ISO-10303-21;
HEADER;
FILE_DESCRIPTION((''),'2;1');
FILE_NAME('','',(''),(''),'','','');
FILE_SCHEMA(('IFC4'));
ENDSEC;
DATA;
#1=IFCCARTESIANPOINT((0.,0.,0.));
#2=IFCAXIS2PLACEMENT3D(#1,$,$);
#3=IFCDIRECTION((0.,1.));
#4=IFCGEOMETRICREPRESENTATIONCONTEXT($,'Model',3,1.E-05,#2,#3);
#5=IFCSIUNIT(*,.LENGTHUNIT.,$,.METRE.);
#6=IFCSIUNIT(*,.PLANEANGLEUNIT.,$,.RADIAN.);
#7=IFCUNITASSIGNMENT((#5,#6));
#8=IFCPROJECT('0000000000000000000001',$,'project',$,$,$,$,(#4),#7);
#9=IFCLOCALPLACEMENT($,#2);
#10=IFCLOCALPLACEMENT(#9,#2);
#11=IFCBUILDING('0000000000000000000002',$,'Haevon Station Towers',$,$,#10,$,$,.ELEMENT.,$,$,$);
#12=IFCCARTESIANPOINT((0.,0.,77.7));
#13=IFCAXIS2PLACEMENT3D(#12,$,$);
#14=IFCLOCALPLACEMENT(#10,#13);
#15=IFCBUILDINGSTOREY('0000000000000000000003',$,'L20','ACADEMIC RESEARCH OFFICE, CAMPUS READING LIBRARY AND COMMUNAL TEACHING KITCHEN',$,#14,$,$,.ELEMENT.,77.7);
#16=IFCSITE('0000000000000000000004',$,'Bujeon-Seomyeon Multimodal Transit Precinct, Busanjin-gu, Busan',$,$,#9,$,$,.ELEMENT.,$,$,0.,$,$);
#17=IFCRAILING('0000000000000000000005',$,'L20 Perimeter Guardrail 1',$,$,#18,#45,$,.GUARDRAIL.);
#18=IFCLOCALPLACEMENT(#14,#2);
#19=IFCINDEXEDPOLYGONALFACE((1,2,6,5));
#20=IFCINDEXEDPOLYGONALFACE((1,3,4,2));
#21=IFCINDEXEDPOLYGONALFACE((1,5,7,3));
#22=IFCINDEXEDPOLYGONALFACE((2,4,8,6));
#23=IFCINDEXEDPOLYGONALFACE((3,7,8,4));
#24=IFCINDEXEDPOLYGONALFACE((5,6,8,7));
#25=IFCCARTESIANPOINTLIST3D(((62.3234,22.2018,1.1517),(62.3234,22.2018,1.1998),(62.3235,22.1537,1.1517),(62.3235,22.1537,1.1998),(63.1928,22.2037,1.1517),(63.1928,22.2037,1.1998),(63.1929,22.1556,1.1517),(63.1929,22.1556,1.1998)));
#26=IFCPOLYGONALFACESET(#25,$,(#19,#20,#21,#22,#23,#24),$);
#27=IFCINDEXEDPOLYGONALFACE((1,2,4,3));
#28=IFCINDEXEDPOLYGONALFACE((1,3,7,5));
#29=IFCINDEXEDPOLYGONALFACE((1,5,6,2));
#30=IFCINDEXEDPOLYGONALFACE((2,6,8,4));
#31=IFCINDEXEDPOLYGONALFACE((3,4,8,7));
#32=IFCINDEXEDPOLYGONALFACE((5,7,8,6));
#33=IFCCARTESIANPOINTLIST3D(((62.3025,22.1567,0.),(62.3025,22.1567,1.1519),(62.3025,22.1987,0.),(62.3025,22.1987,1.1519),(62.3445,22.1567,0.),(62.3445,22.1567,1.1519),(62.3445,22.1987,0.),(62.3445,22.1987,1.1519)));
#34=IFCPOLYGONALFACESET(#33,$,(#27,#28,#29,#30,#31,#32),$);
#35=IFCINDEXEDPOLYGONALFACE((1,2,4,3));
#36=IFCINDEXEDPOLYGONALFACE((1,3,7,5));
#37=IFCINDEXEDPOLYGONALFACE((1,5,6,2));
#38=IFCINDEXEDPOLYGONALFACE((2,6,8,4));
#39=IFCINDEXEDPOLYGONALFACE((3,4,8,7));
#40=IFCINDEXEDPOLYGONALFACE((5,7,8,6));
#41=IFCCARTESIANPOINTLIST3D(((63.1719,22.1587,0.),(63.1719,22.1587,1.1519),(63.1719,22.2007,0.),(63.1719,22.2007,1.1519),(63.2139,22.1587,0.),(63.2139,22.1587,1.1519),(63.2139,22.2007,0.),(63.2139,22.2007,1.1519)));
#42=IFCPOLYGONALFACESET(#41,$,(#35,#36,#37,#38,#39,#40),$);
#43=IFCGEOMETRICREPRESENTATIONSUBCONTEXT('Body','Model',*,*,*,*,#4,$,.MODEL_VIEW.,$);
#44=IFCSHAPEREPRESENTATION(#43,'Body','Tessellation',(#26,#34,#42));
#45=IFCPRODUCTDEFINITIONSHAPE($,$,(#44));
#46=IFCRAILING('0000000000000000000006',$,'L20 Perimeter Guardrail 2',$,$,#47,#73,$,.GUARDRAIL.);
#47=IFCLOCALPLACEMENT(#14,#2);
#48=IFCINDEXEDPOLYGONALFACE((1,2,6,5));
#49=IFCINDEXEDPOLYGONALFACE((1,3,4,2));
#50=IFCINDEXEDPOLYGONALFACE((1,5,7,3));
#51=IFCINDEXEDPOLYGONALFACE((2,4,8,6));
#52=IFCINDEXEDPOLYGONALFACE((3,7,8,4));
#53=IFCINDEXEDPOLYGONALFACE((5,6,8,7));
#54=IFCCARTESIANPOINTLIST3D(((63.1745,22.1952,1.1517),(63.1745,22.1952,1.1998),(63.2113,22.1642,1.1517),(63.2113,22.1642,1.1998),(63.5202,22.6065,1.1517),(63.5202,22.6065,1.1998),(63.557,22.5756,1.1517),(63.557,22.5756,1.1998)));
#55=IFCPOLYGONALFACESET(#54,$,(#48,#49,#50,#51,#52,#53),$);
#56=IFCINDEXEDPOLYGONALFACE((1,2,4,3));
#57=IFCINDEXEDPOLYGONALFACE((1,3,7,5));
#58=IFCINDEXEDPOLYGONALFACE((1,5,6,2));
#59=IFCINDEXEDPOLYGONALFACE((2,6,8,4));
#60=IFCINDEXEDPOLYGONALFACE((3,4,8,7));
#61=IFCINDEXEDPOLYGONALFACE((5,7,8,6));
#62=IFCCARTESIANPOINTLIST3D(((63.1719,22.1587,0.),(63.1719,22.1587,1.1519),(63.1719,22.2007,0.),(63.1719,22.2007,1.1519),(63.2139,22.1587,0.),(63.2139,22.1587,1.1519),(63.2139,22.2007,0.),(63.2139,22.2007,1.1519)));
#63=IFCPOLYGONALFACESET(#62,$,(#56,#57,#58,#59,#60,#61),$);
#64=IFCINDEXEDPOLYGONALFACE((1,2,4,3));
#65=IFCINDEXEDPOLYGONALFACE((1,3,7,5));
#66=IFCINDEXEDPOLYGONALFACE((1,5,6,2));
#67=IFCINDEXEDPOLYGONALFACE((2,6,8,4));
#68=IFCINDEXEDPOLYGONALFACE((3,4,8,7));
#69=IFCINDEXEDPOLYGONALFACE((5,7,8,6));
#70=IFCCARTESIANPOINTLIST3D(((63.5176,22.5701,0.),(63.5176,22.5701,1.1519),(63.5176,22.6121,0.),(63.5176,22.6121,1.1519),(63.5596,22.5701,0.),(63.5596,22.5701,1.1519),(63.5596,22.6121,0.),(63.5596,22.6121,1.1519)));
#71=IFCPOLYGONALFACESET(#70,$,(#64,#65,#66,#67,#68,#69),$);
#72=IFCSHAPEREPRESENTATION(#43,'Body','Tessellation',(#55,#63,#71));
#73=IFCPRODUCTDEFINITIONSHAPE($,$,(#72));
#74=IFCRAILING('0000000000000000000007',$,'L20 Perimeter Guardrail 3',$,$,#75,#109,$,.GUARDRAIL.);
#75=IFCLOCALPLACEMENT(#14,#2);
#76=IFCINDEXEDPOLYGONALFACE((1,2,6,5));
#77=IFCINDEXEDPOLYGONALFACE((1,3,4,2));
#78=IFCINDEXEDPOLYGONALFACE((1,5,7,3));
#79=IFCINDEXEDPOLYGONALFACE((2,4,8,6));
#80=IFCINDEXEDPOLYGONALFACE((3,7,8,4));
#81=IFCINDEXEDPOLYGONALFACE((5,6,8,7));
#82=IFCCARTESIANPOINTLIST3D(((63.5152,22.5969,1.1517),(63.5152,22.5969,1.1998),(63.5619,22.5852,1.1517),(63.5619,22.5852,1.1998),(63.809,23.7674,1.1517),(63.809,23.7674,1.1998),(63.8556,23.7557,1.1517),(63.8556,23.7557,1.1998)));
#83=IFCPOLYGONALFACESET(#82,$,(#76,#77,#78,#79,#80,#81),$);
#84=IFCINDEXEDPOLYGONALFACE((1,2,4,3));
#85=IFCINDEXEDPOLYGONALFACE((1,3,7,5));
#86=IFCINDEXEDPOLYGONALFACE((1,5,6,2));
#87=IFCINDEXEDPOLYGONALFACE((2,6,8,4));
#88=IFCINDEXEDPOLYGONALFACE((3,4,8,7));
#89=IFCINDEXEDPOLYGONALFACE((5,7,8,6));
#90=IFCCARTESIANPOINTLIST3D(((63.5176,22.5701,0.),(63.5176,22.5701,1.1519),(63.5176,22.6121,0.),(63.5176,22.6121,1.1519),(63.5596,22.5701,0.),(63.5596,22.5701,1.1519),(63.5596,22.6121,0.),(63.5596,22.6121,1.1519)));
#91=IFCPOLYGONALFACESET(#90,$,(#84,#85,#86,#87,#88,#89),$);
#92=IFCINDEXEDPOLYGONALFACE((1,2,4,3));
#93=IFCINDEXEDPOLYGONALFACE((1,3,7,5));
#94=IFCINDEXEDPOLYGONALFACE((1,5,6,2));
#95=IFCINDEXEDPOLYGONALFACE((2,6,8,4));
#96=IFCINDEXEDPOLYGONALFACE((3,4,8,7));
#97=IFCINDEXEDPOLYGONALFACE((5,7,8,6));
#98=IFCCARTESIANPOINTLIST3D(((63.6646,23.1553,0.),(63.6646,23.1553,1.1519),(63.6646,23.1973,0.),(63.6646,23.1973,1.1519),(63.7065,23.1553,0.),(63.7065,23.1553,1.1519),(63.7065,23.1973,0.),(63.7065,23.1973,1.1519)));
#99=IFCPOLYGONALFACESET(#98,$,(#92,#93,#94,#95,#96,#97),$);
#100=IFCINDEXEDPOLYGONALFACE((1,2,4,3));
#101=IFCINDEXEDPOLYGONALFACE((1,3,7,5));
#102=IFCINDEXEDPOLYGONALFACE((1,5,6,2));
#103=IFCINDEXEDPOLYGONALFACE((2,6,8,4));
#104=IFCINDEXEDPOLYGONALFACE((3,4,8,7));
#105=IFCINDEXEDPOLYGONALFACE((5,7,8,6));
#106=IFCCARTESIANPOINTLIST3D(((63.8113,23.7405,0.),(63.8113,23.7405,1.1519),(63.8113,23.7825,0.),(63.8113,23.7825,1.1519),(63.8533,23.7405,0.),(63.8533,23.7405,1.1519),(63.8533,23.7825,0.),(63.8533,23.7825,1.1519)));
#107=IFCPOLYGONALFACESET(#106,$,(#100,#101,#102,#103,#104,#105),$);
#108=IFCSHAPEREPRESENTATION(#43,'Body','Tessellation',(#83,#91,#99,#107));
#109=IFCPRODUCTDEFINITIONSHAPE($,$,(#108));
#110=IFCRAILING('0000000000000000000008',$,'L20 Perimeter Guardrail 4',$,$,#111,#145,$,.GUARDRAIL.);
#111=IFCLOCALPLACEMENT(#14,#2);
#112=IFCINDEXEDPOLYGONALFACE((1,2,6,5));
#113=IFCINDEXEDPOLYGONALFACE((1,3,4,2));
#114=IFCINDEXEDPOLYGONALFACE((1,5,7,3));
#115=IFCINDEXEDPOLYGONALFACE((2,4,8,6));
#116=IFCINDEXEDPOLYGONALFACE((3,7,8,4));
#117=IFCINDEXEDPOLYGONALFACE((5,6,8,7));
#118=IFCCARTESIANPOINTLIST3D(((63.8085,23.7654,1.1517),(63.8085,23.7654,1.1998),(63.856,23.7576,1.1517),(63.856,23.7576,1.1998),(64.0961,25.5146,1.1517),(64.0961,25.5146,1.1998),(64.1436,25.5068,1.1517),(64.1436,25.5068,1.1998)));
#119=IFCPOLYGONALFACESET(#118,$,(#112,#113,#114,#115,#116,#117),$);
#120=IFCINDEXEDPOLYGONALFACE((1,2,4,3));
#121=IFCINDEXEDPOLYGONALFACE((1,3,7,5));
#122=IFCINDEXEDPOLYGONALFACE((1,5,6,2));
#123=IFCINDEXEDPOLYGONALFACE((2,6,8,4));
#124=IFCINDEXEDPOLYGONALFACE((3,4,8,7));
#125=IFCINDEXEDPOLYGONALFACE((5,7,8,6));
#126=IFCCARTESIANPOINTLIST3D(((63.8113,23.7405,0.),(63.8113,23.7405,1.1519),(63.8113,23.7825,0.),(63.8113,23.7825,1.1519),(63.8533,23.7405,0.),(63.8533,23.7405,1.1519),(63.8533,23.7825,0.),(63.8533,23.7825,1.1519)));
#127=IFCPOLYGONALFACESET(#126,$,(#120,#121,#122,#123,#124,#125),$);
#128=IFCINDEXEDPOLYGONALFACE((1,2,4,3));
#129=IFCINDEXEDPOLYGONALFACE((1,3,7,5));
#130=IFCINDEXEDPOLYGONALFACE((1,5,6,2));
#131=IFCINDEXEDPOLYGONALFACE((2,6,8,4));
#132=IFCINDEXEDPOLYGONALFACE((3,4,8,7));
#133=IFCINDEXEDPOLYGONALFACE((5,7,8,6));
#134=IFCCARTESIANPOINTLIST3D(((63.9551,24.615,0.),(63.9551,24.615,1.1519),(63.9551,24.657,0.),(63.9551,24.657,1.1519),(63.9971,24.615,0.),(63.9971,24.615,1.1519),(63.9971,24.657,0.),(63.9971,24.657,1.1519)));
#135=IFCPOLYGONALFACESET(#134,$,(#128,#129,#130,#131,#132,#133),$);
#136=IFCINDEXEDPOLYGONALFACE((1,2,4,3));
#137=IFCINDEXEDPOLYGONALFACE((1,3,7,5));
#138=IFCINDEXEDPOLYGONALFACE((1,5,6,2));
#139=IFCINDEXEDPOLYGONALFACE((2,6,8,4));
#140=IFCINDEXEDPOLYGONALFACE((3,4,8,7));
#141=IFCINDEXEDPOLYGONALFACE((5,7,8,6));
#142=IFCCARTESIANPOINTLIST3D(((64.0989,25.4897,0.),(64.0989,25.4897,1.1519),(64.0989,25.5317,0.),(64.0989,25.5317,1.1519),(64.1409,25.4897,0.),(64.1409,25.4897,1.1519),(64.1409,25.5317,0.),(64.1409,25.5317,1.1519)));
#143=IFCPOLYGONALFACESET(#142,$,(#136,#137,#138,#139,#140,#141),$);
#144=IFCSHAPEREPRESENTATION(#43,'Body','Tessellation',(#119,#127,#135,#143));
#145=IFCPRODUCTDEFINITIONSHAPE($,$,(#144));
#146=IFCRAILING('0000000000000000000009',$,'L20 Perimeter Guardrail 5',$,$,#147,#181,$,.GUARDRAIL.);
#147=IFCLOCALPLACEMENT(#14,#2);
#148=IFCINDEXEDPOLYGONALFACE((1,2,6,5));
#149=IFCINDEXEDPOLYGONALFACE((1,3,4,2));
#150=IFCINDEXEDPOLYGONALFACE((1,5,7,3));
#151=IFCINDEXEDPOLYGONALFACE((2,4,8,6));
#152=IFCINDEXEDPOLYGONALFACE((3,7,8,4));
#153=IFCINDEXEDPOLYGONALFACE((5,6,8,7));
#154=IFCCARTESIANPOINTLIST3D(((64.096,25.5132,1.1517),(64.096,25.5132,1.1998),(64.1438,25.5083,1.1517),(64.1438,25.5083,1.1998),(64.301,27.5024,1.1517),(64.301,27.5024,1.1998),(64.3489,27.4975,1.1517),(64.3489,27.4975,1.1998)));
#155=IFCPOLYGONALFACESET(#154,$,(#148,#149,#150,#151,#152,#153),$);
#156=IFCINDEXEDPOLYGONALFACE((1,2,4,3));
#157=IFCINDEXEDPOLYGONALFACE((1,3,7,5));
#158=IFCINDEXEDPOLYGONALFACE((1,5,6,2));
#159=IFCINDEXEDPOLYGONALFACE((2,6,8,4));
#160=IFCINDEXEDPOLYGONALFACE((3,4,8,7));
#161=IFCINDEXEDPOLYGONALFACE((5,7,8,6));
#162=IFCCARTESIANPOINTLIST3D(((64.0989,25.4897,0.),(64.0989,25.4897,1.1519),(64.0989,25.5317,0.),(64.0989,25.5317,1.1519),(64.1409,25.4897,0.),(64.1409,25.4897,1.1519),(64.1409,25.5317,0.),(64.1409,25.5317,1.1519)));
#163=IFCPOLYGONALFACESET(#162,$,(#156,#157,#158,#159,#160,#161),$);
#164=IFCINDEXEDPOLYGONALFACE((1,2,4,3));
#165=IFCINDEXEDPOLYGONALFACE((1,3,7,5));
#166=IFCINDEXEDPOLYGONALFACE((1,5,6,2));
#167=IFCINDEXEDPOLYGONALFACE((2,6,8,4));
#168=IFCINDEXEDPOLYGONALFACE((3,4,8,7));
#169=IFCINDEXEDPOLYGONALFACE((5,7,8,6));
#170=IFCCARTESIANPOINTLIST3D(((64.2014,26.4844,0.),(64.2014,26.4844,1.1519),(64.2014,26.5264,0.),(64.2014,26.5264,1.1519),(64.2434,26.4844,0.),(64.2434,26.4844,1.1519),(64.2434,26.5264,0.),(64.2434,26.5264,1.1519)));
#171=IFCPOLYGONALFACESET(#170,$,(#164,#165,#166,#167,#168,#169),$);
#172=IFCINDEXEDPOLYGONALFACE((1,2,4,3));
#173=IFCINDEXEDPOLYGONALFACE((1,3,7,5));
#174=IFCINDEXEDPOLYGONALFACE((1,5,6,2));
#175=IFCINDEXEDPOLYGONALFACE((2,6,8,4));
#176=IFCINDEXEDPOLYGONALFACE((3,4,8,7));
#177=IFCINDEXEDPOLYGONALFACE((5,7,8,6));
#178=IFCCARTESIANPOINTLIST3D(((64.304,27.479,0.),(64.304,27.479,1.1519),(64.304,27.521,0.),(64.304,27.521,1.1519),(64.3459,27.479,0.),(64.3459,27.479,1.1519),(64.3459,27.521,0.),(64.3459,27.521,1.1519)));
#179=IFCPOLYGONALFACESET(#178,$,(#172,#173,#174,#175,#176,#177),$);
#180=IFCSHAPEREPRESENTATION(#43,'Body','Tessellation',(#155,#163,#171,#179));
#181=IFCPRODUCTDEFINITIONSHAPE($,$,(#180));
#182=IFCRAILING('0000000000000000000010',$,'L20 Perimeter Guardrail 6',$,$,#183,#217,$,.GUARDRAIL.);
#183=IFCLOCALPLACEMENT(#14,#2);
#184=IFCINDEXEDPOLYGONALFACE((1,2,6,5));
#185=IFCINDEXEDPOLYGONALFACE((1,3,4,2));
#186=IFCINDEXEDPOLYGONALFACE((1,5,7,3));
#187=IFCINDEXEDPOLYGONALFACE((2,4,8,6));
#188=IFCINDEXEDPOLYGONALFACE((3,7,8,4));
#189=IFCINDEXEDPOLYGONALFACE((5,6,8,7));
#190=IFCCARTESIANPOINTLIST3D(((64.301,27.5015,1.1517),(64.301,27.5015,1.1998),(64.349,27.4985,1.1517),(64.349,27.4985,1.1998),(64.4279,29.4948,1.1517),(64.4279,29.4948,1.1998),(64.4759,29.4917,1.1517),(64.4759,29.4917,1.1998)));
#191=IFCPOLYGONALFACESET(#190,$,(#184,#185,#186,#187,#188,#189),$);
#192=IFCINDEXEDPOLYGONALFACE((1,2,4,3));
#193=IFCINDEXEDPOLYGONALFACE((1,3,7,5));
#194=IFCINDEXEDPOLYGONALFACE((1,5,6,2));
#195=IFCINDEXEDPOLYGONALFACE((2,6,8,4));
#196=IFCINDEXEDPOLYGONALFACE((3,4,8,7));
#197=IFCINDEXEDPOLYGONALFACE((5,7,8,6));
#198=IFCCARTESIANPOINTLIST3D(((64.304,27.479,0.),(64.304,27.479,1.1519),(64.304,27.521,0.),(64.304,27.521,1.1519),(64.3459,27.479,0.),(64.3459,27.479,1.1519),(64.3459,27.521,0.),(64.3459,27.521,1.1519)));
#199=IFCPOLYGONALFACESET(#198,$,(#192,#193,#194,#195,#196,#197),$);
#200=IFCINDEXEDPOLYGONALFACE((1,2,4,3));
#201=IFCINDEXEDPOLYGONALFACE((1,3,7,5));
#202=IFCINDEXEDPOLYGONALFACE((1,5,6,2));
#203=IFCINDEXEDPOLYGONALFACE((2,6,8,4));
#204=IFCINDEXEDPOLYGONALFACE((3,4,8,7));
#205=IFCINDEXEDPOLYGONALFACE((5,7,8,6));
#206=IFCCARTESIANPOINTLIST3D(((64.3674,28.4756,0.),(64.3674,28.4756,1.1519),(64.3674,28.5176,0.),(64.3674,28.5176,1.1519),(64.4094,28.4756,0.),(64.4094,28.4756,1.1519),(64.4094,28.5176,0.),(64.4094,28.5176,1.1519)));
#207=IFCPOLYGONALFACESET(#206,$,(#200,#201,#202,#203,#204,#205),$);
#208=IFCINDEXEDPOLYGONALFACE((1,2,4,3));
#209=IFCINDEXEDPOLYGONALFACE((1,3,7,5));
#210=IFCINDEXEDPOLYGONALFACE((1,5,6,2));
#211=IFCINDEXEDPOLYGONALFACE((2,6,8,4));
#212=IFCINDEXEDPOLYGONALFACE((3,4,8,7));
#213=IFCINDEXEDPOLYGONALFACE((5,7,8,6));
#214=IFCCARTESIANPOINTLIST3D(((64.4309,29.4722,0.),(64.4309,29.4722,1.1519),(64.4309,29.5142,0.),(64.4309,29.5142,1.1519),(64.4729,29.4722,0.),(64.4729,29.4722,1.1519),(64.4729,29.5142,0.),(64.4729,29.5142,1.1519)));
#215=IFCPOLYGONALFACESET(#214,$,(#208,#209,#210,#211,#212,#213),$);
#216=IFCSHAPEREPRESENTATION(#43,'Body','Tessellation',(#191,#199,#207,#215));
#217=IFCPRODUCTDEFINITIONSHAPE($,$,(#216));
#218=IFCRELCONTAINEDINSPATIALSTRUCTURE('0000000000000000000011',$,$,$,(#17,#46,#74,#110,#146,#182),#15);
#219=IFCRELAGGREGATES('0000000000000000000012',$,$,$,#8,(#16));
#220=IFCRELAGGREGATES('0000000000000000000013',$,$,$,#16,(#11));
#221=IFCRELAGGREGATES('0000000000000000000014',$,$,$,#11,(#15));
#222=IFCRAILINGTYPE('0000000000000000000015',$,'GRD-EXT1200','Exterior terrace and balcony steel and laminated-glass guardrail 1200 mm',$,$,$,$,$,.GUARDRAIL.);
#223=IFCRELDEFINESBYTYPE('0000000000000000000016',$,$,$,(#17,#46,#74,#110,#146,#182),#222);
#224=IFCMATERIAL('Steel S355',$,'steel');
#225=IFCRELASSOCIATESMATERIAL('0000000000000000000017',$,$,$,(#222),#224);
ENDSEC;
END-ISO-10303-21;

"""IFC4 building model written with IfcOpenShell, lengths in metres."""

from ifc_helpers import new_model, si_unit, direction, frame, origin, origin_2d, place, context, subcontext, project, spatial, rectangle, extrude, material, type_object, element, save


model = new_model("IFC4")

# Units and contexts
model_context = context("Model", 3, precision=1e-05, world=origin(), true_north=direction((0.0, 1.0)))
body_context = subcontext(model_context, "Body", "Model", "MODEL_VIEW")
ifc_project = project(units=[si_unit("LENGTHUNIT", "METRE"), si_unit("PLANEANGLEUNIT", "RADIAN")], contexts=[model_context])

# Site, building, storey
site_placement = place(None, origin())
site = spatial("IfcSite", under=ifc_project, at=site_placement, Name="Bujeon-Seomyeon Multimodal Transit Precinct, Busanjin-gu, Busan", CompositionType="ELEMENT", RefElevation=0.0)
building_placement = place(site_placement, origin())
building = spatial("IfcBuilding", under=site, at=building_placement, Name="Haevon Station Towers", CompositionType="ELEMENT")
storey_placement = place(building_placement, frame((0.0, 0.0, 77.7)))
storey = spatial("IfcBuildingStorey", under=building, at=storey_placement, Name="L20", Description="ACADEMIC RESEARCH OFFICE, CAMPUS READING LIBRARY AND COMMUNAL TEACHING KITCHEN", CompositionType="ELEMENT", Elevation=77.7)

# Shared definitions
ifc_material_1 = material(Name="Steel S355", Category="steel")

# Railings
railing_type = type_object("IfcRailingType", Name="GRD-EXT1200", Description="Exterior terrace and balcony steel and laminated-glass guardrail 1200 mm", PredefinedType="GUARDRAIL", material=ifc_material_1)
railing_1_placement = place(storey_placement, frame((62.3235, 22.1777, 0.0)))
element("IfcRailing", 1, at=railing_1_placement, inside=storey, type_object=railing_type, Name="L20 Perimeter Guardrail 1", PredefinedType="GUARDRAIL", context=body_context, shape_type="SweptSolid", body=[
    extrude(rectangle(XDim=0.0481, YDim=0.0481, at=origin_2d()), frame((0.0, 0.0, 1.1758), z_axis=(0.999997, 0.002247, 0.0), x_axis=(-0.002247, 0.999997, 0.0)), (0.0, 0.0, 1.0), 0.8694),
    extrude(rectangle(XDim=0.042, YDim=0.042, at=origin_2d()), origin(), (0.0, 0.0, 1.0), 1.1519),
    extrude(rectangle(XDim=0.042, YDim=0.042, at=origin_2d()), frame((0.8694, 0.002, 0.0)), (0.0, 0.0, 1.0), 1.1519),
])
railing_2_placement = place(storey_placement, frame((63.1929, 22.1797, 0.0)))
element("IfcRailing", 2, at=railing_2_placement, inside=storey, type_object=railing_type, Name="L20 Perimeter Guardrail 2", PredefinedType="GUARDRAIL", context=body_context, shape_type="SweptSolid", body=[
    extrude(rectangle(XDim=0.0481, YDim=0.0481, at=origin_2d()), frame((0.0, 0.0, 1.1758), z_axis=(0.643352, 0.765571, 0.0), x_axis=(-0.765571, 0.643352, 0.0)), (0.0, 0.0, 1.0), 0.5374),
    extrude(rectangle(XDim=0.042, YDim=0.042, at=origin_2d()), origin(), (0.0, 0.0, 1.0), 1.1519),
    extrude(rectangle(XDim=0.042, YDim=0.042, at=origin_2d()), frame((0.3457, 0.4114, 0.0)), (0.0, 0.0, 1.0), 1.1519),
])
railing_3_placement = place(storey_placement, frame((63.5386, 22.5911, 0.0)))
element("IfcRailing", 3, at=railing_3_placement, inside=storey, type_object=railing_type, Name="L20 Perimeter Guardrail 3", PredefinedType="GUARDRAIL", context=body_context, shape_type="SweptSolid", body=[
    extrude(rectangle(XDim=0.0481, YDim=0.0481, at=origin_2d()), frame((0.0, 0.0, 1.1758), z_axis=(0.243392, 0.969928, 0.0), x_axis=(-0.969928, 0.243392, 0.0)), (0.0, 0.0, 1.0), 1.2068),
    extrude(rectangle(XDim=0.042, YDim=0.042, at=origin_2d()), origin(), (0.0, 0.0, 1.0), 1.1519),
    extrude(rectangle(XDim=0.042, YDim=0.042, at=origin_2d()), frame((0.147, 0.5852, 0.0)), (0.0, 0.0, 1.0), 1.1519),
    extrude(rectangle(XDim=0.042, YDim=0.042, at=origin_2d()), frame((0.2937, 1.1704, 0.0)), (0.0, 0.0, 1.0), 1.1519),
])
railing_4_placement = place(storey_placement, frame((63.8323, 23.7615, 0.0)))
element("IfcRailing", 4, at=railing_4_placement, inside=storey, type_object=railing_type, Name="L20 Perimeter Guardrail 4", PredefinedType="GUARDRAIL", context=body_context, shape_type="SweptSolid", body=[
    extrude(rectangle(XDim=0.0481, YDim=0.0481, at=origin_2d()), frame((0.0, 0.0, 1.1758), z_axis=(0.162232, 0.986753, 0.0), x_axis=(-0.986753, 0.162232, 0.0)), (0.0, 0.0, 1.0), 1.7727),
    extrude(rectangle(XDim=0.042, YDim=0.042, at=origin_2d()), origin(), (0.0, 0.0, 1.0), 1.1519),
    extrude(rectangle(XDim=0.042, YDim=0.042, at=origin_2d()), frame((0.1438, 0.8745, 0.0)), (0.0, 0.0, 1.0), 1.1519),
    extrude(rectangle(XDim=0.042, YDim=0.042, at=origin_2d()), frame((0.2876, 1.7493, 0.0)), (0.0, 0.0, 1.0), 1.1519),
])
railing_5_placement = place(storey_placement, frame((64.1199, 25.5107, 0.0)))
element("IfcRailing", 5, at=railing_5_placement, inside=storey, type_object=railing_type, Name="L20 Perimeter Guardrail 5", PredefinedType="GUARDRAIL", context=body_context, shape_type="SweptSolid", body=[
    extrude(rectangle(XDim=0.0481, YDim=0.0481, at=origin_2d()), frame((0.0, 0.0, 1.1758), z_axis=(0.102549, 0.994728, 0.0), x_axis=(-0.994728, 0.102549, 0.0)), (0.0, 0.0, 1.0), 1.9998),
    extrude(rectangle(XDim=0.042, YDim=0.042, at=origin_2d()), origin(), (0.0, 0.0, 1.0), 1.1519),
    extrude(rectangle(XDim=0.042, YDim=0.042, at=origin_2d()), frame((0.1025, 0.9946, 0.0)), (0.0, 0.0, 1.0), 1.1519),
    extrude(rectangle(XDim=0.042, YDim=0.042, at=origin_2d()), frame((0.2051, 1.9893, 0.0)), (0.0, 0.0, 1.0), 1.1519),
])
railing_6_placement = place(storey_placement, frame((64.325, 27.5, 0.0)))
element("IfcRailing", 6, at=railing_6_placement, inside=storey, type_object=railing_type, Name="L20 Perimeter Guardrail 6", PredefinedType="GUARDRAIL", context=body_context, shape_type="SweptSolid", body=[
    extrude(rectangle(XDim=0.0481, YDim=0.0481, at=origin_2d()), frame((0.0, 0.0, 1.1758), z_axis=(0.063565, 0.997978, 0.0), x_axis=(-0.997978, 0.063565, 0.0)), (0.0, 0.0, 1.0), 1.9973),
    extrude(rectangle(XDim=0.042, YDim=0.042, at=origin_2d()), origin(), (0.0, 0.0, 1.0), 1.1519),
    extrude(rectangle(XDim=0.042, YDim=0.042, at=origin_2d()), frame((0.0635, 0.9966, 0.0)), (0.0, 0.0, 1.0), 1.1519),
    extrude(rectangle(XDim=0.042, YDim=0.042, at=origin_2d()), frame((0.127, 1.9932, 0.0)), (0.0, 0.0, 1.0), 1.1519),
])

save(model, "model.ifc")
